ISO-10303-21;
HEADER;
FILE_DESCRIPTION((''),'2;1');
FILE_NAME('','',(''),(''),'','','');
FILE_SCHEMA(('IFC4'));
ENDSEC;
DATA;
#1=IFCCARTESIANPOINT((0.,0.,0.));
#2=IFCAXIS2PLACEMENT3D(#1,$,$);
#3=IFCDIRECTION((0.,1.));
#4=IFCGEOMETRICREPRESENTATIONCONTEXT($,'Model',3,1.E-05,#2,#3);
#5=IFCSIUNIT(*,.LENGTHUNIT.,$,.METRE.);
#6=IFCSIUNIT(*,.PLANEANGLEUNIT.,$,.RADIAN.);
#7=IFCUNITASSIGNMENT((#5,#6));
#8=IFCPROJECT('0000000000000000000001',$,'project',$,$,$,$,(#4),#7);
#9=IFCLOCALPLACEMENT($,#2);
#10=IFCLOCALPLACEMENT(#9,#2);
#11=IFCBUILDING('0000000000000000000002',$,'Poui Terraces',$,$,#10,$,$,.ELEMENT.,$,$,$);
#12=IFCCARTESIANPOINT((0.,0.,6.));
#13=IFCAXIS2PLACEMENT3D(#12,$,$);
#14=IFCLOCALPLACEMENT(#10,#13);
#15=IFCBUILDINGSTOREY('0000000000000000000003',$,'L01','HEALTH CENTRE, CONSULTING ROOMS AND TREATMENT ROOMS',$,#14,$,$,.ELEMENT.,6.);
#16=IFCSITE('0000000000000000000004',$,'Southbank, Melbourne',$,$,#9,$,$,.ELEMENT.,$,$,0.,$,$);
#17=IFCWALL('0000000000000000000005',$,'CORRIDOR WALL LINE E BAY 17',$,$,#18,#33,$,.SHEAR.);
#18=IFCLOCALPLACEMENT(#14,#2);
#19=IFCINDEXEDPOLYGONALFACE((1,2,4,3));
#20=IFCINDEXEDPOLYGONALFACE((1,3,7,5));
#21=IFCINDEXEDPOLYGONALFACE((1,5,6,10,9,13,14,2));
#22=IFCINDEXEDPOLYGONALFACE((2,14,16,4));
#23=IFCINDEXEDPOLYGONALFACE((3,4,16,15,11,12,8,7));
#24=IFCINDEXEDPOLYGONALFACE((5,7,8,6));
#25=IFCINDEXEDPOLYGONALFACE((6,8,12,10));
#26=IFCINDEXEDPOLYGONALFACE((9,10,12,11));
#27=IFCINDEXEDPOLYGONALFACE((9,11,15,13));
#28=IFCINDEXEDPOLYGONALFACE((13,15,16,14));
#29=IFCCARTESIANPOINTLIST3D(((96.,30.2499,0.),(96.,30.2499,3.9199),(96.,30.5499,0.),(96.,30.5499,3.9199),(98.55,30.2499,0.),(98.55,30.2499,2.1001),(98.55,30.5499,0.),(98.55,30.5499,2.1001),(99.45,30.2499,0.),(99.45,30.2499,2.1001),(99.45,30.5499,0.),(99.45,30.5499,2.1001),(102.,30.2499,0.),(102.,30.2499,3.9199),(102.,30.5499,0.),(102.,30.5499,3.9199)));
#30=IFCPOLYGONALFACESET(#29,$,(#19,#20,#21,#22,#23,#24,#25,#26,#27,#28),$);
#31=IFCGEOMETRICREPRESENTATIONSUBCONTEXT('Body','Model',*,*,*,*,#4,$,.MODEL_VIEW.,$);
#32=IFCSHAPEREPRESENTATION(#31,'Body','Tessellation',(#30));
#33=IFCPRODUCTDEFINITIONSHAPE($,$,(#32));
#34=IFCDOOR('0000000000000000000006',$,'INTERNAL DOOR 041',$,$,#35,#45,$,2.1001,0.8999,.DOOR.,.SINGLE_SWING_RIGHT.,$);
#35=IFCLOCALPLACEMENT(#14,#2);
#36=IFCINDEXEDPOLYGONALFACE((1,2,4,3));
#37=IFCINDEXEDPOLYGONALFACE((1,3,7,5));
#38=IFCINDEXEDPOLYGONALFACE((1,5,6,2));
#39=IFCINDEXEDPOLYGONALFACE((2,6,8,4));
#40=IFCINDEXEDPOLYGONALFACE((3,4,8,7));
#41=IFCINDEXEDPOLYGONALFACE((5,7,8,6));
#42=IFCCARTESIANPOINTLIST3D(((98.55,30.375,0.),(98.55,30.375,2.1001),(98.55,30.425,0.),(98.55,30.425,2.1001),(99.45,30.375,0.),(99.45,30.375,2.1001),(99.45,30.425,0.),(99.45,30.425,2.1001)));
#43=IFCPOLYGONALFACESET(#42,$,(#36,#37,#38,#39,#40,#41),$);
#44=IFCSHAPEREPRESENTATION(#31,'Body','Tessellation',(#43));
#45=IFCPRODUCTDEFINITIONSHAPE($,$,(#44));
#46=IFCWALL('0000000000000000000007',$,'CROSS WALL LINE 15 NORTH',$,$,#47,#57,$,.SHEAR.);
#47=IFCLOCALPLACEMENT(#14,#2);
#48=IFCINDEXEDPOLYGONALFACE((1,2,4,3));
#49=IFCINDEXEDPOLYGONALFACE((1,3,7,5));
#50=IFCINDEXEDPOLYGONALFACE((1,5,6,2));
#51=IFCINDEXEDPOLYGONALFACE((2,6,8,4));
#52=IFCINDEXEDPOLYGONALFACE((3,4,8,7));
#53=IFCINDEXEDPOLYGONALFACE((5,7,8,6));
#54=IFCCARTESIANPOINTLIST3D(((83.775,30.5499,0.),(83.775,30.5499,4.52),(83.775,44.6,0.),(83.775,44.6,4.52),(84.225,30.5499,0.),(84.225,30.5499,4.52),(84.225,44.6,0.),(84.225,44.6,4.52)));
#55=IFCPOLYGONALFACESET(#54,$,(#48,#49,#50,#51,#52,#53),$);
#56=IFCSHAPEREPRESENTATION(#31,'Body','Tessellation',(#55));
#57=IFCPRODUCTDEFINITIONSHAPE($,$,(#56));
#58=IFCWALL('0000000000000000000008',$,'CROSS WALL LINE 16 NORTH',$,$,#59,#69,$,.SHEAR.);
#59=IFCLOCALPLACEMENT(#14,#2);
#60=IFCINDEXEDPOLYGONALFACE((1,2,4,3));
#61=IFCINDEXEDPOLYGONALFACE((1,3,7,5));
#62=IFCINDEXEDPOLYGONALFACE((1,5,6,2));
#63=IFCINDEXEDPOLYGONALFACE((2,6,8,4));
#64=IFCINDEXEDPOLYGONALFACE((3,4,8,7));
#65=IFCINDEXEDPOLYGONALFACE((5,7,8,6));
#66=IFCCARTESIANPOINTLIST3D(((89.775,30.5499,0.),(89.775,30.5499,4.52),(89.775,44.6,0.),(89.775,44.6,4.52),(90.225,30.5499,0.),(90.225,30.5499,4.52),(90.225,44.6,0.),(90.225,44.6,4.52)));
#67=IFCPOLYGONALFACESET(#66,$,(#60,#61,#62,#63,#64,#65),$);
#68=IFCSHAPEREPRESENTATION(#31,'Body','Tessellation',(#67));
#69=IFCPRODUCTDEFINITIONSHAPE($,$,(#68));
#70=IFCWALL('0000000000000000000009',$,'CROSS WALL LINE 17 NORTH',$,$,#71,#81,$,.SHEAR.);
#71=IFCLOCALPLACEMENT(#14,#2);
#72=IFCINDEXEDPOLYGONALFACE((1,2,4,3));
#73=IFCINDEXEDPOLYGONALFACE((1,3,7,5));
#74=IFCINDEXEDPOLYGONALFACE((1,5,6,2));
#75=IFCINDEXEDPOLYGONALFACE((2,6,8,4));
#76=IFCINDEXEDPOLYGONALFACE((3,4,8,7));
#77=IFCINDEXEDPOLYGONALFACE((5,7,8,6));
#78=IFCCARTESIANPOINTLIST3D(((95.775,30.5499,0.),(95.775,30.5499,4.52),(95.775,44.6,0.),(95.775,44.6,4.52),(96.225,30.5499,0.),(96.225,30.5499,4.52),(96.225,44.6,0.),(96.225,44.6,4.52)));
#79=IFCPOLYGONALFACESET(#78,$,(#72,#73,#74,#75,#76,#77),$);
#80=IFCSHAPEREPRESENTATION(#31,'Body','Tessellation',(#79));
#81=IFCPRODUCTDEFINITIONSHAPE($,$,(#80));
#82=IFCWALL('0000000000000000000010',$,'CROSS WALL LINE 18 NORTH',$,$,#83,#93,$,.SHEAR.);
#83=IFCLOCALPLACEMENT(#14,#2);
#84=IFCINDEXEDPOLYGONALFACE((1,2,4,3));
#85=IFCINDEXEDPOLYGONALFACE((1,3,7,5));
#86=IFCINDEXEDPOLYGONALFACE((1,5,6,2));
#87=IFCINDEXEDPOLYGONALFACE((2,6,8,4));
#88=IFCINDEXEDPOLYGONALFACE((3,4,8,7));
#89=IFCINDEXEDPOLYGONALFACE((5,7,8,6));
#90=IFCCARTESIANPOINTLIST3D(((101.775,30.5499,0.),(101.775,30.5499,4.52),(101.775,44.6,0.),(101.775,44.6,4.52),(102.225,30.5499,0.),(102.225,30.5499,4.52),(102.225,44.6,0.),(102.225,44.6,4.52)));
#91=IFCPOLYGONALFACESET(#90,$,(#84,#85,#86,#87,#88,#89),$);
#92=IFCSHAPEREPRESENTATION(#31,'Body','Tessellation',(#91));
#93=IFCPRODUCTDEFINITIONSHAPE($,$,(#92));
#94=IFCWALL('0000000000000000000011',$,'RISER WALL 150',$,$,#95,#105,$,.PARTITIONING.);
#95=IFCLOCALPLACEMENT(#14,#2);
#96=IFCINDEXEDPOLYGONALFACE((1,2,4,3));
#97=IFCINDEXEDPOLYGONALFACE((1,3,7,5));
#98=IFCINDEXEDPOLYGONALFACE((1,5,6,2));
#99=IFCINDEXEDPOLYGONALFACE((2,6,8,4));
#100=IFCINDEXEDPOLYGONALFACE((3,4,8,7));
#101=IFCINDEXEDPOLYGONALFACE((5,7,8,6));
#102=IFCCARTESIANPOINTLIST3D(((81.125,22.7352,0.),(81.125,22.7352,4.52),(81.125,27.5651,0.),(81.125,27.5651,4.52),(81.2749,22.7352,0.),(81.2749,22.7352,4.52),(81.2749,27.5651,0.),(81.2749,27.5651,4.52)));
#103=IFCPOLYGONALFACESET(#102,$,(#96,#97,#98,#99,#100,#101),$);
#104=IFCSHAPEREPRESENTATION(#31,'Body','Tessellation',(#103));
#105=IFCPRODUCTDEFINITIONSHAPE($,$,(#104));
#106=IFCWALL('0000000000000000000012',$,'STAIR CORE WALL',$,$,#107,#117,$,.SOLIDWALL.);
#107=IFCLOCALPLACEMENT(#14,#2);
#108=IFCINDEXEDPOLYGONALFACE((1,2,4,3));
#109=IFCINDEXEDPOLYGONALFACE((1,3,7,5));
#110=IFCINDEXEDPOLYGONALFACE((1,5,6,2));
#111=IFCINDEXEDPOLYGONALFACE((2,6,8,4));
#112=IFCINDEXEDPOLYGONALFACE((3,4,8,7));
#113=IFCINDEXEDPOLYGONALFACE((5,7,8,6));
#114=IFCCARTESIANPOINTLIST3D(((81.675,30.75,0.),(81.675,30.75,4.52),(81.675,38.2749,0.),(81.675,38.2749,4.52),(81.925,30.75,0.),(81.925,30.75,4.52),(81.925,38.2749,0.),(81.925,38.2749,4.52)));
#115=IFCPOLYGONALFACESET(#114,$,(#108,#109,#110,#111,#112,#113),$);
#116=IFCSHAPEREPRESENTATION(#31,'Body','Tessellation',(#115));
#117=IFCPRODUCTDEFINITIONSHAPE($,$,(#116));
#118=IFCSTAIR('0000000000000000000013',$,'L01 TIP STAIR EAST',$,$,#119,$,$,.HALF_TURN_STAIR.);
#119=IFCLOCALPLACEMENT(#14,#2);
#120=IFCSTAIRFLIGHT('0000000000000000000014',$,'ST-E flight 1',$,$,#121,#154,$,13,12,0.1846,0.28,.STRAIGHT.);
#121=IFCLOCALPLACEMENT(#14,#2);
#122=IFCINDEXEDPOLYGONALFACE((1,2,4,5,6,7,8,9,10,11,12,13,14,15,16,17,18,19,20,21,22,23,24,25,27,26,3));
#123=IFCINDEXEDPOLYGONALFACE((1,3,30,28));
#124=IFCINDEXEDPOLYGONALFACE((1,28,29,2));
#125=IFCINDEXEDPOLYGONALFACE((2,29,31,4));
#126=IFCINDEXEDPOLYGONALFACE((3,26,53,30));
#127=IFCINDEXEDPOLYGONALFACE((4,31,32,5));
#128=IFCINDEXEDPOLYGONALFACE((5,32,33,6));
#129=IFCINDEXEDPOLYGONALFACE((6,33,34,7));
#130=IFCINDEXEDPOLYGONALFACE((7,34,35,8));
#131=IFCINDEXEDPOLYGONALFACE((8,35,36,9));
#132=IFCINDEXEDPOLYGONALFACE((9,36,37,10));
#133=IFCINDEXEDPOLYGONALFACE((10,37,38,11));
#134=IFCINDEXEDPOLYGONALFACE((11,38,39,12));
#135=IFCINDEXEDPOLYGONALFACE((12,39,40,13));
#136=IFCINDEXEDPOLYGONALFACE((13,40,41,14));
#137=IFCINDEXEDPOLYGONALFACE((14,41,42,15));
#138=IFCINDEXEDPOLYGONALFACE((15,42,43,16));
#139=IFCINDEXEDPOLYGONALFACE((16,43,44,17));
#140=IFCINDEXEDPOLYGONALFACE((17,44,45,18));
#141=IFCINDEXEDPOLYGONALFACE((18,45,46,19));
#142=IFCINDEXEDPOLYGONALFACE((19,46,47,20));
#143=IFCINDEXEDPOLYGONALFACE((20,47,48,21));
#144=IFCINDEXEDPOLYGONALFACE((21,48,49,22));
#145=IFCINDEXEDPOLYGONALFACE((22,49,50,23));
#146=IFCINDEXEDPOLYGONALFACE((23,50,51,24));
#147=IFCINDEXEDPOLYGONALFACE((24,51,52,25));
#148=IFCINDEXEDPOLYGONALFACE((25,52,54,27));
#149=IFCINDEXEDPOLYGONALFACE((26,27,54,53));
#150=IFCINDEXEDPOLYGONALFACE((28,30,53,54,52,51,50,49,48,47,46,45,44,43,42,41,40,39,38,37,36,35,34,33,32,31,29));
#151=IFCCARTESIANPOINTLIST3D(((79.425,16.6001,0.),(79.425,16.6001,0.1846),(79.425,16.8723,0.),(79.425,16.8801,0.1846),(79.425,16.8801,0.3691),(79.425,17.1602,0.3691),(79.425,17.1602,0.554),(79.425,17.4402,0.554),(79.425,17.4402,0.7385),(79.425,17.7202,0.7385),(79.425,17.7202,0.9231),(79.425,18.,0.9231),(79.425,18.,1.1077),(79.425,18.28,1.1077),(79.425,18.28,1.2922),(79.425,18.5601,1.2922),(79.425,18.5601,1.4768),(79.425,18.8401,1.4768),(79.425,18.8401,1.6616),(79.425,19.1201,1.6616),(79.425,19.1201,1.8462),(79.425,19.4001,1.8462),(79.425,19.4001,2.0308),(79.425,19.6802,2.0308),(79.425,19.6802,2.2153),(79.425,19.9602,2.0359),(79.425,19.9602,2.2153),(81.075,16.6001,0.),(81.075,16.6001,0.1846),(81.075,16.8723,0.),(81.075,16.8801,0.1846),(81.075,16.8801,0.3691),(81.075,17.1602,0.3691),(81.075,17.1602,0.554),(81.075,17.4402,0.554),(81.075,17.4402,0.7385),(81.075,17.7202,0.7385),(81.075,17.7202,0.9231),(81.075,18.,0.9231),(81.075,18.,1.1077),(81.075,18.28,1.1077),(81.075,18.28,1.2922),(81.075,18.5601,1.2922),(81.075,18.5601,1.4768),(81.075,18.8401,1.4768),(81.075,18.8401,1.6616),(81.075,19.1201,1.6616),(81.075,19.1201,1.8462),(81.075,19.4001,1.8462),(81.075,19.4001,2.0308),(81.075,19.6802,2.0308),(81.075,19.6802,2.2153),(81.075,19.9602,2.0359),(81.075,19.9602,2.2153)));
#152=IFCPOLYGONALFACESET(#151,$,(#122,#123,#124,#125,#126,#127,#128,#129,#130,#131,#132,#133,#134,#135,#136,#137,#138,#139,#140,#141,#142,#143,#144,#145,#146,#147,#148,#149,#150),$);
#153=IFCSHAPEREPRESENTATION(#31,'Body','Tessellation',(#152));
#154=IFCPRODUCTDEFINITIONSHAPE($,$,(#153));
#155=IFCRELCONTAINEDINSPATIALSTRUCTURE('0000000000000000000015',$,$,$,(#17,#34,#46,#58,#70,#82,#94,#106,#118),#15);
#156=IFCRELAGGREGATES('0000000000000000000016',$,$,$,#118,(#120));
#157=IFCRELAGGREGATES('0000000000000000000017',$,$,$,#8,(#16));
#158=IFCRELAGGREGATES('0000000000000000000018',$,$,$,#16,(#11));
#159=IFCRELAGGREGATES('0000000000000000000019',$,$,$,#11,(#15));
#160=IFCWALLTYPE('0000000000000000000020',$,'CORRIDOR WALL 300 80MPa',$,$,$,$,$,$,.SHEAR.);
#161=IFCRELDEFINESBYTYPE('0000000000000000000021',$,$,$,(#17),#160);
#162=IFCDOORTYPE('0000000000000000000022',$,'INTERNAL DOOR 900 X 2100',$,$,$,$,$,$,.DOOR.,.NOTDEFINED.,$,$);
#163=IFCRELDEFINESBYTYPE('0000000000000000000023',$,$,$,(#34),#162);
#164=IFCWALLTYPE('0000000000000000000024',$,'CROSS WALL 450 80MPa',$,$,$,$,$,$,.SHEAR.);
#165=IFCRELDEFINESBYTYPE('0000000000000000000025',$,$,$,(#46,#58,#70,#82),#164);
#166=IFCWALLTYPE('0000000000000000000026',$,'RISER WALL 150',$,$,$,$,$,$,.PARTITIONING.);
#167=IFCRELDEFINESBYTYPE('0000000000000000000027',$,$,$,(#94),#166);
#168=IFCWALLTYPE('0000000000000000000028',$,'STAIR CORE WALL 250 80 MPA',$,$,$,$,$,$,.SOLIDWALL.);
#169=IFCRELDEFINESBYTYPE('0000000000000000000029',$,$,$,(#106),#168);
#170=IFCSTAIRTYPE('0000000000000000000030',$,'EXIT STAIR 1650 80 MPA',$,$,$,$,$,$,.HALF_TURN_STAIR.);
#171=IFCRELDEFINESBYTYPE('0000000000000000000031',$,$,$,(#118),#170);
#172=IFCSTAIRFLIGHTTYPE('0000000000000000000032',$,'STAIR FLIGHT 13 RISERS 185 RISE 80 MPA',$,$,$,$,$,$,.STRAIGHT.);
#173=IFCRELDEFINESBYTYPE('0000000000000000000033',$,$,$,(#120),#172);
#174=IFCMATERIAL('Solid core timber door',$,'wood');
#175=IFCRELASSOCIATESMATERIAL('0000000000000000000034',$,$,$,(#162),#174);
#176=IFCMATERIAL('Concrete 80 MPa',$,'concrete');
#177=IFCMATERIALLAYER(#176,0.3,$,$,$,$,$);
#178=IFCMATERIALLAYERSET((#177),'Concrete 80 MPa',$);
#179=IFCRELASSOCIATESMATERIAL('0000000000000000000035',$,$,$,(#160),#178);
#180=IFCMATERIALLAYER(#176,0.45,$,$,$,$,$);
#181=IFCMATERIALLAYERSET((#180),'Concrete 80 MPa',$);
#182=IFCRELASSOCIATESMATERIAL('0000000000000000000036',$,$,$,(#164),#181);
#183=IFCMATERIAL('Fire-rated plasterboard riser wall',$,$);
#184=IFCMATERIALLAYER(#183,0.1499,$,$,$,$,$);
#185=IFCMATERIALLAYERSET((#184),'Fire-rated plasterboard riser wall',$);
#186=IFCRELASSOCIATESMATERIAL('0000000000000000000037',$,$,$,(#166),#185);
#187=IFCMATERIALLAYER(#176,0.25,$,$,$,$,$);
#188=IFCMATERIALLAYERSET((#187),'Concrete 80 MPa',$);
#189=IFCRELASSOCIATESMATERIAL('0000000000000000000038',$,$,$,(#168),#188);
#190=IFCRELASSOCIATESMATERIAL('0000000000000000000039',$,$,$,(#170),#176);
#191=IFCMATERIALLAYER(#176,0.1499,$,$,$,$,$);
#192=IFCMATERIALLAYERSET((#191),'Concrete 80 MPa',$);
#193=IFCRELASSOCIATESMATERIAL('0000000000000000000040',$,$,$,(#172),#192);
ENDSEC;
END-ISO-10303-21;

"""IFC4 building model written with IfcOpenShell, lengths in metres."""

from ifc_helpers import new_model, si_unit, direction, frame, frame_2d, origin, place, context, subcontext, project, spatial, polyline, rectangle, outline, extrude, material, layer, layer_set, type_object, element, fill, aggregate, save


model = new_model("IFC4")

# Units and contexts
model_context = context("Model", 3, precision=1e-05, world=origin(), true_north=direction((0.0, 1.0)))
body_context = subcontext(model_context, "Body", "Model", "MODEL_VIEW")
ifc_project = project(units=[si_unit("LENGTHUNIT", "METRE"), si_unit("PLANEANGLEUNIT", "RADIAN")], contexts=[model_context])

# Site, building, storey
site_placement = place(None, origin())
site = spatial("IfcSite", under=ifc_project, at=site_placement, Name="Southbank, Melbourne", CompositionType="ELEMENT", RefElevation=0.0)
building_placement = place(site_placement, origin())
building = spatial("IfcBuilding", under=site, at=building_placement, Name="Poui Terraces", CompositionType="ELEMENT")
storey_placement = place(building_placement, frame((0.0, 0.0, 6.0)))
storey = spatial("IfcBuildingStorey", under=building, at=storey_placement, Name="L01", Description="HEALTH CENTRE, CONSULTING ROOMS AND TREATMENT ROOMS", CompositionType="ELEMENT", Elevation=6.0)

# Shared definitions
ifc_material_1 = material(Name="Concrete 80 MPa", Category="concrete")

# Shared definitions
ifc_material_2 = material(Name="Solid core timber door", Category="wood")
door_type_1 = type_object("IfcDoorType", Name="INTERNAL DOOR 900 X 2100", OperationType="NOTDEFINED", PredefinedType="DOOR", material=ifc_material_2)

# Wall, opening, door
ifc_layer_1 = layer(ifc_material_1, 0.3)
ifc_layer_set_1 = layer_set([ifc_layer_1], Name="Concrete 80 MPa")
wall_type_1 = type_object("IfcWallType", Name="CORRIDOR WALL 300 80MPa", PredefinedType="SHEAR", material=ifc_layer_set_1)
wall_1_placement = place(storey_placement, frame((96.0, 30.3999, 0.0), z_axis=(0.0, 0.0, 1.0), x_axis=(1.0, 0.0, 0.0)))
wall_1 = element("IfcWall", 1, at=wall_1_placement, inside=storey, type_object=wall_type_1, Name="CORRIDOR WALL LINE E BAY 17", PredefinedType="SHEAR", context=body_context, shape_type="SweptSolid", body=[
    extrude(rectangle(XDim=6.0, YDim=0.3, at=frame_2d((3.0, 0.0))), origin(), (0.0, 0.0, 1.0), 3.9199),
])
opening_1_placement = place(wall_1_placement, frame((2.55, 0.0, 0.0)))
opening_1 = element("IfcOpeningElement", 2, at=opening_1_placement, cuts=wall_1, PredefinedType="OPENING", context=body_context, shape_type="SweptSolid", body=[
    extrude(rectangle(XDim=0.8999, YDim=2.1001, at=frame_2d((0.45, 1.05))), frame((0.0, 0.1602, 0.0), z_axis=(0.0, -1.0, 0.0), x_axis=(1.0, 0.0, 0.0)), (0.0, 0.0, 1.0), 0.3201),
])
door_1_placement = place(opening_1_placement, frame((0.8999, 0.0, 0.0), z_axis=(0.0, 0.0, 1.0), x_axis=(-1.0, 0.0, 0.0)))
door_1 = element("IfcDoor", 3, at=door_1_placement, inside=storey, type_object=door_type_1, Name="INTERNAL DOOR 041", OperationType="SINGLE_SWING_RIGHT", OverallHeight=2.1001, OverallWidth=0.8999, PredefinedType="DOOR", context=body_context, shape_type="SweptSolid", body=[
    extrude(rectangle(XDim=0.8999, YDim=2.1001, at=frame_2d((0.45, 1.05))), frame((0.0, 0.0249, 0.0), z_axis=(0.0, -1.0, 0.0), x_axis=(1.0, 0.0, 0.0)), (0.0, 0.0, 1.0), 0.05),
])
fill(opening_1, door_1)

# Walls
ifc_layer_2 = layer(ifc_material_1, 0.45)
ifc_layer_set_2 = layer_set([ifc_layer_2], Name="Concrete 80 MPa")
wall_type_2 = type_object("IfcWallType", Name="CROSS WALL 450 80MPa", PredefinedType="SHEAR", material=ifc_layer_set_2)
for number, where, z_axis, x_axis, name in (
    (4, (84.0, 30.55, 0.0), (0.0, 0.0, 1.0), (0.0, 1.0, 0.0), "CROSS WALL LINE 15 NORTH"),
    (5, (90.0, 30.55, 0.0), (0.0, 0.0, 1.0), (0.0, 1.0, 0.0), "CROSS WALL LINE 16 NORTH"),
    (6, (96.0, 30.55, 0.0), (0.0, 0.0, 1.0), (0.0, 1.0, 0.0), "CROSS WALL LINE 17 NORTH"),
    (7, (102.0, 30.55, 0.0), (0.0, 0.0, 1.0), (0.0, 1.0, 0.0), "CROSS WALL LINE 18 NORTH"),
):
    element("IfcWall", number, at=place(storey_placement, frame(where, z_axis=z_axis, x_axis=x_axis)), inside=storey, type_object=wall_type_2, Name=name, PredefinedType="SHEAR", context=body_context, shape_type="SweptSolid", body=[
        extrude(rectangle(XDim=14.05, YDim=0.45, at=frame_2d((7.0249, 0.0))), origin(), (0.0, 0.0, 1.0), 4.52),
    ])
ifc_material_3 = material(Name="Fire-rated plasterboard riser wall")
ifc_layer_3 = layer(ifc_material_3, 0.1499)
ifc_layer_set_3 = layer_set([ifc_layer_3], Name="Fire-rated plasterboard riser wall")
wall_type_3 = type_object("IfcWallType", Name="RISER WALL 150", PredefinedType="PARTITIONING", material=ifc_layer_set_3)
wall_2_placement = place(storey_placement, frame((81.2, 22.7351, 0.0), z_axis=(0.0, 0.0, 1.0), x_axis=(0.0, 1.0, 0.0)))
element("IfcWall", 8, at=wall_2_placement, inside=storey, type_object=wall_type_3, Name="RISER WALL 150", PredefinedType="PARTITIONING", context=body_context, shape_type="SweptSolid", body=[
    extrude(rectangle(XDim=4.8298, YDim=0.1499, at=frame_2d((2.415, 0.0))), origin(), (0.0, 0.0, 1.0), 4.52),
])
ifc_layer_4 = layer(ifc_material_1, 0.25)
ifc_layer_set_4 = layer_set([ifc_layer_4], Name="Concrete 80 MPa")
wall_type_4 = type_object("IfcWallType", Name="STAIR CORE WALL 250 80 MPA", PredefinedType="SOLIDWALL", material=ifc_layer_set_4)
wall_3_placement = place(storey_placement, frame((81.8, 30.75, 0.0), z_axis=(0.0, 0.0, 1.0), x_axis=(0.0, 1.0, 0.0)))
element("IfcWall", 9, at=wall_3_placement, inside=storey, type_object=wall_type_4, Name="STAIR CORE WALL", PredefinedType="SOLIDWALL", context=body_context, shape_type="SweptSolid", body=[
    extrude(rectangle(XDim=7.5249, YDim=0.25, at=frame_2d((3.7625, 0.0))), origin(), (0.0, 0.0, 1.0), 4.52),
])

# Stair, stair flight
stair_type = type_object("IfcStairType", Name="EXIT STAIR 1650 80 MPA", PredefinedType="HALF_TURN_STAIR", material=ifc_material_1)
stair_placement = place(storey_placement, origin())
stair = element("IfcStair", 10, at=stair_placement, inside=storey, type_object=stair_type, Name="L01 TIP STAIR EAST", PredefinedType="HALF_TURN_STAIR")
ifc_layer_5 = layer(ifc_material_1, 0.1499)
ifc_layer_set_5 = layer_set([ifc_layer_5], Name="Concrete 80 MPa")
stair_flight_type = type_object("IfcStairFlightType", Name="STAIR FLIGHT 13 RISERS 185 RISE 80 MPA", PredefinedType="STRAIGHT", material=ifc_layer_set_5)
stair_flight_placement = place(storey_placement, frame((80.25, 16.6001, 0.0), z_axis=(0.0, 0.0, 1.0), x_axis=(0.0, 1.0, 0.0)))
stair_flight = element("IfcStairFlight", 11, at=stair_flight_placement, type_object=stair_flight_type, Name="ST-E flight 1", NumberOfRisers=13, NumberOfTreads=12, PredefinedType="STRAIGHT", RiserHeight=0.1846, TreadLength=0.28, context=body_context, shape_type="SweptSolid", body=[
    extrude(outline(polyline([(0.0, 0.0), (0.0, 0.1846), (0.28, 0.1846), (0.28, 0.3691), (0.5601, 0.3691), (0.5601, 0.554), (0.8401, 0.554), (0.8401, 0.7385), (1.1201, 0.7385), (1.1201, 0.9231), (1.3999, 0.9231), (1.3999, 1.1077), (1.6799, 1.1077), (1.6799, 1.2922), (1.96, 1.2922), (1.96, 1.4768), (2.24, 1.4768), (2.24, 1.6616), (2.52, 1.6616), (2.52, 1.8462), (2.8, 1.8462), (2.8, 2.0308), (3.0801, 2.0308), (3.0801, 2.2153), (3.3601, 2.2153), (3.3601, 2.3999), (3.3601, 2.0359), (0.2722, 0.0), (0.0, 0.0)])), frame((0.0, 0.825, 0.0), z_axis=(0.0, -1.0, 0.0), x_axis=(1.0, 0.0, 0.0)), (0.0, 0.0, 1.0), 1.6499),
])
aggregate(stair, [stair_flight])

save(model, "model.ifc")
